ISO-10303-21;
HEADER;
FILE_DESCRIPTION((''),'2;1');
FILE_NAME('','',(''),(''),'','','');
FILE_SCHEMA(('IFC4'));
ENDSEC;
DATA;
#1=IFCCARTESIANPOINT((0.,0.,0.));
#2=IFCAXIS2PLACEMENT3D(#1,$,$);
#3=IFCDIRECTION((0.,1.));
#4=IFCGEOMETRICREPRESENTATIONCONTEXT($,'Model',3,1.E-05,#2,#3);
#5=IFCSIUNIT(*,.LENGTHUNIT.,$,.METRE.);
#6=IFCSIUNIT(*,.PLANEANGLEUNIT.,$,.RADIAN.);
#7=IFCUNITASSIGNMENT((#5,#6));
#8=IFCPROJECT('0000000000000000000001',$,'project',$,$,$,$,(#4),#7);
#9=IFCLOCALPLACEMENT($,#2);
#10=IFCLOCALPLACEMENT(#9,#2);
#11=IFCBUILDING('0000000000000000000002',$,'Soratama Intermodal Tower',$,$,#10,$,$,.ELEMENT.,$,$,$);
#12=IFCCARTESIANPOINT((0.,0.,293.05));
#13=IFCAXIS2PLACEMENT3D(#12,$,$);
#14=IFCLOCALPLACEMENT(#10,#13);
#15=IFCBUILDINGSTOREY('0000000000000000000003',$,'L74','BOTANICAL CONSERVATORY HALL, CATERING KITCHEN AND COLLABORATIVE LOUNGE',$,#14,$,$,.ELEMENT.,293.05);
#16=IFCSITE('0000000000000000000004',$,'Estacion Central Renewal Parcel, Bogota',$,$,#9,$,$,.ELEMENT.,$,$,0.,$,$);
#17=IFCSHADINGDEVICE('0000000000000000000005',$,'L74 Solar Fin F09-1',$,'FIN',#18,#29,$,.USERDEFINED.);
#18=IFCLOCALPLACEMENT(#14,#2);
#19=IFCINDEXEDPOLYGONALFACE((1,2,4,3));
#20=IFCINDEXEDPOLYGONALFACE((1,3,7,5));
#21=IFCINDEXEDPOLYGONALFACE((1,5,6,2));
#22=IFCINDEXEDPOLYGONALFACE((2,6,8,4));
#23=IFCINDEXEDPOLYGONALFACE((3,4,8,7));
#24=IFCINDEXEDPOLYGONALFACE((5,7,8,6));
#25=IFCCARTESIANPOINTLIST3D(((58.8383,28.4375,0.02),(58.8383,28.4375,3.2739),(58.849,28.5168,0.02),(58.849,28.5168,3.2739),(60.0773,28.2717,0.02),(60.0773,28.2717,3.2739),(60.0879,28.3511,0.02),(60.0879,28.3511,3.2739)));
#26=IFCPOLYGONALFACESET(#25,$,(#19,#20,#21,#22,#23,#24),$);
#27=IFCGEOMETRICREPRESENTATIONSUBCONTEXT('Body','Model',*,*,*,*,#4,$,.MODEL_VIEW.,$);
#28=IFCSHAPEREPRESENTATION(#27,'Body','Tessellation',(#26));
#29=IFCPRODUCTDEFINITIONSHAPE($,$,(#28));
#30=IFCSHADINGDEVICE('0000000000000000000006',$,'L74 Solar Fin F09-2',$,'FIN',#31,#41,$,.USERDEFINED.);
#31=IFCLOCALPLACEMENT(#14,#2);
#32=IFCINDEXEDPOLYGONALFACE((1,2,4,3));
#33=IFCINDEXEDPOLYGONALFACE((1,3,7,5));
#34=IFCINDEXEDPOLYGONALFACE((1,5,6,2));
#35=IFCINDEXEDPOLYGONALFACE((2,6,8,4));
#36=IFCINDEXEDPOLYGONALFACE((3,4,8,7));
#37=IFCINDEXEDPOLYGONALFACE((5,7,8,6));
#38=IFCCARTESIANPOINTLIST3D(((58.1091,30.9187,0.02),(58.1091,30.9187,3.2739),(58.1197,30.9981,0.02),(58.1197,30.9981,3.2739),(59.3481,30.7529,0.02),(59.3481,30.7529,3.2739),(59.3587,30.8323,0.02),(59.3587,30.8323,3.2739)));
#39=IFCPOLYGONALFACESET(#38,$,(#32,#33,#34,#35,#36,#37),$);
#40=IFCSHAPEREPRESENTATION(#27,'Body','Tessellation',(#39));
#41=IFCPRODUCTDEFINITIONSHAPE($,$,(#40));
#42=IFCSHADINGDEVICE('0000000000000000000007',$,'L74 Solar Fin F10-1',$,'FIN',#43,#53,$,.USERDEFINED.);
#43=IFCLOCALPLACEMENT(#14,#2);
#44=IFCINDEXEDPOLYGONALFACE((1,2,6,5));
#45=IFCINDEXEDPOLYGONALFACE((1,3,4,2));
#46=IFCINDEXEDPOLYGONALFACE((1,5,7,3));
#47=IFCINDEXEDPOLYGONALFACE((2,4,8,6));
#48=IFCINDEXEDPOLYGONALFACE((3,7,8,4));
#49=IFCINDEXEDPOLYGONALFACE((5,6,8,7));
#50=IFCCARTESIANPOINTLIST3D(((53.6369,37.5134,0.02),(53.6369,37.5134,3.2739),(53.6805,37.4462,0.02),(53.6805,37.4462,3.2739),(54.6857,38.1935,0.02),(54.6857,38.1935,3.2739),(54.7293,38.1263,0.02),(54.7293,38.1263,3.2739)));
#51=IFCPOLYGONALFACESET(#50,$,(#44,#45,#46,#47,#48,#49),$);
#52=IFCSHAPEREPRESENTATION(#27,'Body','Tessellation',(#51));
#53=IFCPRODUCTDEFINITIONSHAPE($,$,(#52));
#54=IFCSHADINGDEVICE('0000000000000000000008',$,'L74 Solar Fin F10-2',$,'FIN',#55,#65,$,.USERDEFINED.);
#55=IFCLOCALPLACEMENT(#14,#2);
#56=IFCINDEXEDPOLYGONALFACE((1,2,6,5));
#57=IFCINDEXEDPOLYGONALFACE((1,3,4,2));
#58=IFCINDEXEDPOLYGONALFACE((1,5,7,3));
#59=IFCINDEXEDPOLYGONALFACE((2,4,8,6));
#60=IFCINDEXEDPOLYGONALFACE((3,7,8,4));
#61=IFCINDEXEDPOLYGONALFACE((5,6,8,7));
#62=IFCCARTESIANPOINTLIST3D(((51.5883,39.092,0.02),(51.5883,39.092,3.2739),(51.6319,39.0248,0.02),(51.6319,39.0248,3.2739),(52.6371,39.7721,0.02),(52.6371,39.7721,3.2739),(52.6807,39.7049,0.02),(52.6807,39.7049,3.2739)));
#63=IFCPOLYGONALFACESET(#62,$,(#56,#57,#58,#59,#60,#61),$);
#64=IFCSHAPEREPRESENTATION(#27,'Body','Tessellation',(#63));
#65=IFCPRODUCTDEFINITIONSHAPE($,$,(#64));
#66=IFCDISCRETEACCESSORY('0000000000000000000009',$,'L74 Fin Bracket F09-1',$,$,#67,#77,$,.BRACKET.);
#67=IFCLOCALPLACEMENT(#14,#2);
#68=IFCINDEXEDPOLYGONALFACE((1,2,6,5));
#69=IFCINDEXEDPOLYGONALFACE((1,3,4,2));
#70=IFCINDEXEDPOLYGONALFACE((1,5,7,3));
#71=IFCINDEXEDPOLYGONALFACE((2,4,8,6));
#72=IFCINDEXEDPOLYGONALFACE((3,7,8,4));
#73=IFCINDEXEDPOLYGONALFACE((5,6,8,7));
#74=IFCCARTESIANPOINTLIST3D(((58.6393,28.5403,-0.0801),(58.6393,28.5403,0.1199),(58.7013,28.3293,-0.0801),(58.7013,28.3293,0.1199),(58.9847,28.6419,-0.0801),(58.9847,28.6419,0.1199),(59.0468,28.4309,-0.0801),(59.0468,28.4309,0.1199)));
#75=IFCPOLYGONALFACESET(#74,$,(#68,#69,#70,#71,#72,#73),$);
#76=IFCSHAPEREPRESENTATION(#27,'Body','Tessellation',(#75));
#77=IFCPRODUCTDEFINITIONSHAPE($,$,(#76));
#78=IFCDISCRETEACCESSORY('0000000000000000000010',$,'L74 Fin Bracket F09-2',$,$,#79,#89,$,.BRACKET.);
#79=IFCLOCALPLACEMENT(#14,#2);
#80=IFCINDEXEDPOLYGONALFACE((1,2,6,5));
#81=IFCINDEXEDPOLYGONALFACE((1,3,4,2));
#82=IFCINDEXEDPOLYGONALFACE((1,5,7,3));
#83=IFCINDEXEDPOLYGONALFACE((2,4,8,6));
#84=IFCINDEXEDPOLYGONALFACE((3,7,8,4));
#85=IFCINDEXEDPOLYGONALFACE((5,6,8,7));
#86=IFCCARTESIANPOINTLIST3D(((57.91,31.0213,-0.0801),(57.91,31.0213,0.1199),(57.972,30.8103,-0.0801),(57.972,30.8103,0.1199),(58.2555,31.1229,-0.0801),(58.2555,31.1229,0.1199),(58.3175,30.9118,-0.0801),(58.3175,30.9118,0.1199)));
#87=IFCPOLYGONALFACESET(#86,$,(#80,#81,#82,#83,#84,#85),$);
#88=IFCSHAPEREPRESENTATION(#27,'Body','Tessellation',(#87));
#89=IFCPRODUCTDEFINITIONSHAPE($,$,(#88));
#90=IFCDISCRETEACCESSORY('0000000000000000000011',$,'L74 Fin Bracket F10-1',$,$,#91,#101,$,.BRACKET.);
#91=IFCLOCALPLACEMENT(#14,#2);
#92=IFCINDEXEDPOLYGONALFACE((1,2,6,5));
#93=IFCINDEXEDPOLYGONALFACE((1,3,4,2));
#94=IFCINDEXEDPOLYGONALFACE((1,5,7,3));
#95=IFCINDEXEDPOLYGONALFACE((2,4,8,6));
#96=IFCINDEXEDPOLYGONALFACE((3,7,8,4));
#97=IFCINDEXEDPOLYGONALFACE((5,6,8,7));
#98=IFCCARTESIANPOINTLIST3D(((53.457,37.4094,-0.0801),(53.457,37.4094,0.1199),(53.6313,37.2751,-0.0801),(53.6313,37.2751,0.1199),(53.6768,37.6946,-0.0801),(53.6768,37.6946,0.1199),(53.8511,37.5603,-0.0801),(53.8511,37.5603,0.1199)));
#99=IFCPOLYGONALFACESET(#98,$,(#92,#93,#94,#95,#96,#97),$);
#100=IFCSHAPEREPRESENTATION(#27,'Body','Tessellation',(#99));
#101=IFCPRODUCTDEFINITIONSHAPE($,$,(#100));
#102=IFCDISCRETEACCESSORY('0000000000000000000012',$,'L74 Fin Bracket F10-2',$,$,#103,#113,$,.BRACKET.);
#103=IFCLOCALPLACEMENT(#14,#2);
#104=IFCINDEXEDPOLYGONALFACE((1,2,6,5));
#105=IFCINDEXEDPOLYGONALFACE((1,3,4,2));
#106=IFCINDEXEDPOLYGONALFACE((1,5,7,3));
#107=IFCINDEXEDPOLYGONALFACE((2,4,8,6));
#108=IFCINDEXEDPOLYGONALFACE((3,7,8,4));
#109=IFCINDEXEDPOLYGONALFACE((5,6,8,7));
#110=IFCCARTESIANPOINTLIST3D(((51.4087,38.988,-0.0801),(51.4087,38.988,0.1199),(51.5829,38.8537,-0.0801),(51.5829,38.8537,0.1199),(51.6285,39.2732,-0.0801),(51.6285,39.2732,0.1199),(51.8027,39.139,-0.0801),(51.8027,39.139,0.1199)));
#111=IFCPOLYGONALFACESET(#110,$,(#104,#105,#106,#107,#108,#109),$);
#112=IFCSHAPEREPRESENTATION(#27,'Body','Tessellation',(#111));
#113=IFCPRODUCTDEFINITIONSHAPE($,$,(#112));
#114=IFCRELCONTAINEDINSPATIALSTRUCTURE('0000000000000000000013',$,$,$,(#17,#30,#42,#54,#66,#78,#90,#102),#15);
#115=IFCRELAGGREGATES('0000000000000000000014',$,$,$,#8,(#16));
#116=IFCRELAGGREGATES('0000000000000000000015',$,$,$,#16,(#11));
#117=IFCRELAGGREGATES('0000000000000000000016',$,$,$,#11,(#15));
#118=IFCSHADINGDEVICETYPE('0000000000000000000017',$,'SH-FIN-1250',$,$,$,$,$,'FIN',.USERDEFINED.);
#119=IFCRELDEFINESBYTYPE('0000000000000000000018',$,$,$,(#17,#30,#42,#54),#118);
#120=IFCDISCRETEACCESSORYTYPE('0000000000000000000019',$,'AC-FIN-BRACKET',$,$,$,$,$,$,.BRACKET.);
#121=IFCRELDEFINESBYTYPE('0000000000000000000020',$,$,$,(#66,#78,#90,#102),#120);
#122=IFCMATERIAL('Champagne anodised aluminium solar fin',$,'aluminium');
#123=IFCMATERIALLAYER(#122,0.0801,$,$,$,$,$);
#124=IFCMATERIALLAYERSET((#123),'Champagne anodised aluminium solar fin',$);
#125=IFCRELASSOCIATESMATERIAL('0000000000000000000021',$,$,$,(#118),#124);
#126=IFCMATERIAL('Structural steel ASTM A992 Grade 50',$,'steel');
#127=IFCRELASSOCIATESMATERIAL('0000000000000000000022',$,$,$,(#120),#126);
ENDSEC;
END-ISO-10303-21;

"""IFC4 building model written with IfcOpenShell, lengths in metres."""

from ifc_helpers import new_model, si_unit, direction, frame, origin, origin_2d, place, context, subcontext, project, spatial, rectangle, extrude, material, layer, layer_set, type_object, element, save


model = new_model("IFC4")

# Units and contexts
model_context = context("Model", 3, precision=1e-05, world=origin(), true_north=direction((0.0, 1.0)))
body_context = subcontext(model_context, "Body", "Model", "MODEL_VIEW")
ifc_project = project(units=[si_unit("LENGTHUNIT", "METRE"), si_unit("PLANEANGLEUNIT", "RADIAN")], contexts=[model_context])

# Site, building, storey
site_placement = place(None, origin())
site = spatial("IfcSite", under=ifc_project, at=site_placement, Name="Estacion Central Renewal Parcel, Bogota", CompositionType="ELEMENT", RefElevation=0.0)
building_placement = place(site_placement, origin())
building = spatial("IfcBuilding", under=site, at=building_placement, Name="Soratama Intermodal Tower", CompositionType="ELEMENT")
storey_placement = place(building_placement, frame((0.0, 0.0, 293.05)))
storey = spatial("IfcBuildingStorey", under=building, at=storey_placement, Name="L74", Description="BOTANICAL CONSERVATORY HALL, CATERING KITCHEN AND COLLABORATIVE LOUNGE", CompositionType="ELEMENT", Elevation=293.05)

# Shading devices
ifc_material_1 = material(Name="Champagne anodised aluminium solar fin", Category="aluminium")
ifc_layer_1 = layer(ifc_material_1, 0.0801)
ifc_layer_set_1 = layer_set([ifc_layer_1], Name="Champagne anodised aluminium solar fin")
shading_device_type = type_object("IfcShadingDeviceType", Name="SH-FIN-1250", ElementType="FIN", PredefinedType="USERDEFINED", material=ifc_layer_set_1)
for number, where, z_axis, x_axis, name in (
    (1, (59.4631, 28.3943, 0.02), (0.0, 0.0, 1.0), (0.991169, -0.132602, 0.0), "L74 Solar Fin F09-1"),
    (2, (58.7339, 30.8755, 0.02), (0.0, 0.0, 1.0), (0.991169, -0.132602, 0.0), "L74 Solar Fin F09-2"),
    (3, (54.1831, 37.8198, 0.02), (0.0, 0.0, 1.0), (0.839051, 0.544053, 0.0), "L74 Solar Fin F10-1"),
    (4, (52.1345, 39.3984, 0.02), (0.0, 0.0, 1.0), (0.839051, 0.544053, 0.0), "L74 Solar Fin F10-2"),
):
    element("IfcShadingDevice", number, at=place(storey_placement, frame(where, z_axis=z_axis, x_axis=x_axis)), inside=storey, type_object=shading_device_type, Name=name, ObjectType="FIN", PredefinedType="USERDEFINED", context=body_context, shape_type="SweptSolid", body=[
        extrude(rectangle(XDim=1.25, YDim=0.0801, at=origin_2d()), origin(), (0.0, 0.0, 1.0), 3.2539),
    ])

# Discrete accessories
ifc_material_2 = material(Name="Structural steel ASTM A992 Grade 50", Category="steel")
discrete_accessory_type = type_object("IfcDiscreteAccessoryType", Name="AC-FIN-BRACKET", PredefinedType="BRACKET", material=ifc_material_2)
for number, where, z_axis, x_axis, name in (
    (5, (58.843, 28.4856, -0.0801), (0.0, 0.0, 1.0), (0.959412, 0.282007, 0.0), "L74 Fin Bracket F09-1"),
    (6, (58.1138, 30.9666, -0.0801), (0.0, 0.0, 1.0), (0.959412, 0.282007, 0.0), "L74 Fin Bracket F09-2"),
    (7, (53.6541, 37.4849, -0.0801), (0.0, 0.0, 1.0), (0.610422, 0.792077, 0.0), "L74 Fin Bracket F10-1"),
    (8, (51.6057, 39.0635, -0.0801), (0.0, 0.0, 1.0), (0.610422, 0.792077, 0.0), "L74 Fin Bracket F10-2"),
):
    element("IfcDiscreteAccessory", number, at=place(storey_placement, frame(where, z_axis=z_axis, x_axis=x_axis)), inside=storey, type_object=discrete_accessory_type, Name=name, PredefinedType="BRACKET", context=body_context, shape_type="SweptSolid", body=[
        extrude(rectangle(XDim=0.3601, YDim=0.22, at=origin_2d()), origin(), (0.0, 0.0, 1.0), 0.2),
    ])

save(model, "model.ifc")
